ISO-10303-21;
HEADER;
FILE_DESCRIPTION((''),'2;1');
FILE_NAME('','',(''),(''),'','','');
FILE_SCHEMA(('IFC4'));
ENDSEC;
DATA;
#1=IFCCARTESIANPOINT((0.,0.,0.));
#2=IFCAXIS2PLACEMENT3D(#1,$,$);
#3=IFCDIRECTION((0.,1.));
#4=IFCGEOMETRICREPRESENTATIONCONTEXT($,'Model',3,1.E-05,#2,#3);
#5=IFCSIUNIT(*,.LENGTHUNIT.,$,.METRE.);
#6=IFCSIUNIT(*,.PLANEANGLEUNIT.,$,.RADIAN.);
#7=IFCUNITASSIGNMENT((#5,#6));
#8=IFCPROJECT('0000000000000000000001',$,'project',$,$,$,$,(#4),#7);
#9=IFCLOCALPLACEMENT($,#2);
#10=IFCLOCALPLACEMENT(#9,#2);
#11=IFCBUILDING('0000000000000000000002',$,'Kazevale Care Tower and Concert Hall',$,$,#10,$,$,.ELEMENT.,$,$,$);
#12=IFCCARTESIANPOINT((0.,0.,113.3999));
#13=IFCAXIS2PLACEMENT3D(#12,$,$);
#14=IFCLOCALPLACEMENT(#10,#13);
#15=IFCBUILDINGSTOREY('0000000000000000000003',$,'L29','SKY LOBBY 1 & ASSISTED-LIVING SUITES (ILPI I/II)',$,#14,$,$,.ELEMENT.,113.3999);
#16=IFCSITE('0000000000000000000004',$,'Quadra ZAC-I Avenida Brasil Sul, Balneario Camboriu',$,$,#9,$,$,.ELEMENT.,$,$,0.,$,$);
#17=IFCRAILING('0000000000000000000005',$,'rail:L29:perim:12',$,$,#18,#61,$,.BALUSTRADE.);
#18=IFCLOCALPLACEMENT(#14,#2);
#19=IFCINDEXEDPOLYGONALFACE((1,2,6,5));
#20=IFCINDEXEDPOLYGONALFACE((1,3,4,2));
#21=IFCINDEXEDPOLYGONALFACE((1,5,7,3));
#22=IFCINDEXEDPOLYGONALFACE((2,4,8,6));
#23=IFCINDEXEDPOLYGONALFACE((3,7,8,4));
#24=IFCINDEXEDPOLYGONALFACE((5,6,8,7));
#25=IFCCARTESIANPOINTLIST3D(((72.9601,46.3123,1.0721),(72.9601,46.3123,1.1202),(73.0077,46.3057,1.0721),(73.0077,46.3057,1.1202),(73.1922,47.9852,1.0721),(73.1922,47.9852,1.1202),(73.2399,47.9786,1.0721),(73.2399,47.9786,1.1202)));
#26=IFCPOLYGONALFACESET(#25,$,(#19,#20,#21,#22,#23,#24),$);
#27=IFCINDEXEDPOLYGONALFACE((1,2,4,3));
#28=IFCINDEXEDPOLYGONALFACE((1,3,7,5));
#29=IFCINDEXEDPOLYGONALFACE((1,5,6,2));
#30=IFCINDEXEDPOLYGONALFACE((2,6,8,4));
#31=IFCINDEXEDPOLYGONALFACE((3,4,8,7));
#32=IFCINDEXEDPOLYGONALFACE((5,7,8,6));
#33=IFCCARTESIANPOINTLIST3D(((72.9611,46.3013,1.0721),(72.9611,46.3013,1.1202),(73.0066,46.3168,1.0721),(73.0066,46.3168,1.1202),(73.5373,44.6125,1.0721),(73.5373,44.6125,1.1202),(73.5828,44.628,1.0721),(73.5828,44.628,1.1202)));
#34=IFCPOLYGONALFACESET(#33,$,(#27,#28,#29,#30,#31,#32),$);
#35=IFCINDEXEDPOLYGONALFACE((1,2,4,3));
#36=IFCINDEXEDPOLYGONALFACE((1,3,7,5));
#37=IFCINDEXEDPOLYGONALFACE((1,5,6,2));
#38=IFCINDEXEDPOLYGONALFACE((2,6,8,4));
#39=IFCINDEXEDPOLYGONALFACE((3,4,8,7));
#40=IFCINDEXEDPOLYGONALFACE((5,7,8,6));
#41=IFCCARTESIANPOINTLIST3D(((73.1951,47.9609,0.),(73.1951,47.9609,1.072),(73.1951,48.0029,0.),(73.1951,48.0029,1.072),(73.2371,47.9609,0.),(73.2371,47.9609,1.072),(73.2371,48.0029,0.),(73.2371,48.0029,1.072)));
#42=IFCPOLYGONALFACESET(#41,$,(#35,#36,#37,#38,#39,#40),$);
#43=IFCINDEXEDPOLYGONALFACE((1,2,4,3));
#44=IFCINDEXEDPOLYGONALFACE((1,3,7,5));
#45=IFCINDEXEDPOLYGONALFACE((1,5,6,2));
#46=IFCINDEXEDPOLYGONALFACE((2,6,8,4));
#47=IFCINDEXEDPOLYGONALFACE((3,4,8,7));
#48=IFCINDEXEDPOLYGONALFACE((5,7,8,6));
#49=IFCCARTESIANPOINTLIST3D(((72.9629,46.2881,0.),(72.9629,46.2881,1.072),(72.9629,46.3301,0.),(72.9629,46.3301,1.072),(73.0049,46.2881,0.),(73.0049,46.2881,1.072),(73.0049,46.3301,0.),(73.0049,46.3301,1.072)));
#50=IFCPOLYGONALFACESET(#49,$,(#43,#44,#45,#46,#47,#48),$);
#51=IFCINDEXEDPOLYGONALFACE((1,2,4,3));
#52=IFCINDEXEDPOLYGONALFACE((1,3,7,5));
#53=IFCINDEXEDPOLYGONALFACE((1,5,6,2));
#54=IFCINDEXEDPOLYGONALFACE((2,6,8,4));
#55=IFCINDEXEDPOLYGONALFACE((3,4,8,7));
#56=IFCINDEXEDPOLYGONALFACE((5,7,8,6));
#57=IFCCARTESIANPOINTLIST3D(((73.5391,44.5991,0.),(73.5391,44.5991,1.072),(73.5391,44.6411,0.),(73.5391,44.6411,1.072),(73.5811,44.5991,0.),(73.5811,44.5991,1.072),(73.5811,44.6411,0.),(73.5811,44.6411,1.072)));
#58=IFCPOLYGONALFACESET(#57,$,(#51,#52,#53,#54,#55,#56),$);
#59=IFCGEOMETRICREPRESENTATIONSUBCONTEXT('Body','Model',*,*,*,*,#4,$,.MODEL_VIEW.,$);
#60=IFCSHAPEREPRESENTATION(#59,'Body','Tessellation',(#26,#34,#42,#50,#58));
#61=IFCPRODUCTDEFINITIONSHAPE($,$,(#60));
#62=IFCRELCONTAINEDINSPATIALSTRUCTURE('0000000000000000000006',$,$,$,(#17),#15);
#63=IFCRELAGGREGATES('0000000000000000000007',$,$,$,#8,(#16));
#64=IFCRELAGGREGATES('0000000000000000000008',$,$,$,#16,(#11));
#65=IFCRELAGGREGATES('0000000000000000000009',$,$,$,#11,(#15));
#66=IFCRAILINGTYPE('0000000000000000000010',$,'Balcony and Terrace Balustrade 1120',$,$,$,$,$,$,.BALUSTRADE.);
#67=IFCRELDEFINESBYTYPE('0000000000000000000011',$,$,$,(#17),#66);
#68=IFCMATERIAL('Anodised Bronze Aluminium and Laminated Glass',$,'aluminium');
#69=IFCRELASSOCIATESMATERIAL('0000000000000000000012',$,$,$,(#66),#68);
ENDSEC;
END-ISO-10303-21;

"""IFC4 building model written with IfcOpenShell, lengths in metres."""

from ifc_helpers import new_model, si_unit, direction, frame, origin, origin_2d, place, context, subcontext, project, spatial, rectangle, extrude, material, type_object, element, save


model = new_model("IFC4")

# Units and contexts
model_context = context("Model", 3, precision=1e-05, world=origin(), true_north=direction((0.0, 1.0)))
body_context = subcontext(model_context, "Body", "Model", "MODEL_VIEW")
ifc_project = project(units=[si_unit("LENGTHUNIT", "METRE"), si_unit("PLANEANGLEUNIT", "RADIAN")], contexts=[model_context])

# Site, building, storey
site_placement = place(None, origin())
site = spatial("IfcSite", under=ifc_project, at=site_placement, Name="Quadra ZAC-I Avenida Brasil Sul, Balneario Camboriu", CompositionType="ELEMENT", RefElevation=0.0)
building_placement = place(site_placement, origin())
building = spatial("IfcBuilding", under=site, at=building_placement, Name="Kazevale Care Tower and Concert Hall", CompositionType="ELEMENT")
storey_placement = place(building_placement, frame((0.0, 0.0, 113.3999)))
storey = spatial("IfcBuildingStorey", under=building, at=storey_placement, Name="L29", Description="SKY LOBBY 1 & ASSISTED-LIVING SUITES (ILPI I/II)", CompositionType="ELEMENT", Elevation=113.3999)

# Railing
ifc_material_1 = material(Name="Anodised Bronze Aluminium and Laminated Glass", Category="aluminium")
railing_type = type_object("IfcRailingType", Name="Balcony and Terrace Balustrade 1120", PredefinedType="BALUSTRADE", material=ifc_material_1)
railing_1_placement = place(storey_placement, frame((73.2161, 47.9819, 0.0)))
element("IfcRailing", 1, at=railing_1_placement, inside=storey, type_object=railing_type, Name="rail:L29:perim:12", PredefinedType="BALUSTRADE", context=body_context, shape_type="SweptSolid", body=[
    extrude(rectangle(XDim=0.0481, YDim=0.0481, at=origin_2d()), frame((0.0, 0.0, 1.0962), z_axis=(-0.137474, -0.990505, 0.0), x_axis=(0.990505, -0.137474, 0.0)), (0.0, 0.0, 1.0), 1.689),
    extrude(rectangle(XDim=0.0481, YDim=0.0481, at=origin_2d()), frame((-0.2322, -1.6729, 1.0962), z_axis=(0.322869, -0.946444, 0.0), x_axis=(0.946444, 0.322869, 0.0)), (0.0, 0.0, 1.0), 1.7844),
    extrude(rectangle(XDim=0.042, YDim=0.042, at=origin_2d()), origin(), (0.0, 0.0, 1.0), 1.072),
    extrude(rectangle(XDim=0.042, YDim=0.042, at=origin_2d()), frame((-0.2322, -1.6729, 0.0)), (0.0, 0.0, 1.0), 1.072),
    extrude(rectangle(XDim=0.042, YDim=0.042, at=origin_2d()), frame((0.344, -3.3618, 0.0)), (0.0, 0.0, 1.0), 1.072),
])

save(model, "model.ifc")
